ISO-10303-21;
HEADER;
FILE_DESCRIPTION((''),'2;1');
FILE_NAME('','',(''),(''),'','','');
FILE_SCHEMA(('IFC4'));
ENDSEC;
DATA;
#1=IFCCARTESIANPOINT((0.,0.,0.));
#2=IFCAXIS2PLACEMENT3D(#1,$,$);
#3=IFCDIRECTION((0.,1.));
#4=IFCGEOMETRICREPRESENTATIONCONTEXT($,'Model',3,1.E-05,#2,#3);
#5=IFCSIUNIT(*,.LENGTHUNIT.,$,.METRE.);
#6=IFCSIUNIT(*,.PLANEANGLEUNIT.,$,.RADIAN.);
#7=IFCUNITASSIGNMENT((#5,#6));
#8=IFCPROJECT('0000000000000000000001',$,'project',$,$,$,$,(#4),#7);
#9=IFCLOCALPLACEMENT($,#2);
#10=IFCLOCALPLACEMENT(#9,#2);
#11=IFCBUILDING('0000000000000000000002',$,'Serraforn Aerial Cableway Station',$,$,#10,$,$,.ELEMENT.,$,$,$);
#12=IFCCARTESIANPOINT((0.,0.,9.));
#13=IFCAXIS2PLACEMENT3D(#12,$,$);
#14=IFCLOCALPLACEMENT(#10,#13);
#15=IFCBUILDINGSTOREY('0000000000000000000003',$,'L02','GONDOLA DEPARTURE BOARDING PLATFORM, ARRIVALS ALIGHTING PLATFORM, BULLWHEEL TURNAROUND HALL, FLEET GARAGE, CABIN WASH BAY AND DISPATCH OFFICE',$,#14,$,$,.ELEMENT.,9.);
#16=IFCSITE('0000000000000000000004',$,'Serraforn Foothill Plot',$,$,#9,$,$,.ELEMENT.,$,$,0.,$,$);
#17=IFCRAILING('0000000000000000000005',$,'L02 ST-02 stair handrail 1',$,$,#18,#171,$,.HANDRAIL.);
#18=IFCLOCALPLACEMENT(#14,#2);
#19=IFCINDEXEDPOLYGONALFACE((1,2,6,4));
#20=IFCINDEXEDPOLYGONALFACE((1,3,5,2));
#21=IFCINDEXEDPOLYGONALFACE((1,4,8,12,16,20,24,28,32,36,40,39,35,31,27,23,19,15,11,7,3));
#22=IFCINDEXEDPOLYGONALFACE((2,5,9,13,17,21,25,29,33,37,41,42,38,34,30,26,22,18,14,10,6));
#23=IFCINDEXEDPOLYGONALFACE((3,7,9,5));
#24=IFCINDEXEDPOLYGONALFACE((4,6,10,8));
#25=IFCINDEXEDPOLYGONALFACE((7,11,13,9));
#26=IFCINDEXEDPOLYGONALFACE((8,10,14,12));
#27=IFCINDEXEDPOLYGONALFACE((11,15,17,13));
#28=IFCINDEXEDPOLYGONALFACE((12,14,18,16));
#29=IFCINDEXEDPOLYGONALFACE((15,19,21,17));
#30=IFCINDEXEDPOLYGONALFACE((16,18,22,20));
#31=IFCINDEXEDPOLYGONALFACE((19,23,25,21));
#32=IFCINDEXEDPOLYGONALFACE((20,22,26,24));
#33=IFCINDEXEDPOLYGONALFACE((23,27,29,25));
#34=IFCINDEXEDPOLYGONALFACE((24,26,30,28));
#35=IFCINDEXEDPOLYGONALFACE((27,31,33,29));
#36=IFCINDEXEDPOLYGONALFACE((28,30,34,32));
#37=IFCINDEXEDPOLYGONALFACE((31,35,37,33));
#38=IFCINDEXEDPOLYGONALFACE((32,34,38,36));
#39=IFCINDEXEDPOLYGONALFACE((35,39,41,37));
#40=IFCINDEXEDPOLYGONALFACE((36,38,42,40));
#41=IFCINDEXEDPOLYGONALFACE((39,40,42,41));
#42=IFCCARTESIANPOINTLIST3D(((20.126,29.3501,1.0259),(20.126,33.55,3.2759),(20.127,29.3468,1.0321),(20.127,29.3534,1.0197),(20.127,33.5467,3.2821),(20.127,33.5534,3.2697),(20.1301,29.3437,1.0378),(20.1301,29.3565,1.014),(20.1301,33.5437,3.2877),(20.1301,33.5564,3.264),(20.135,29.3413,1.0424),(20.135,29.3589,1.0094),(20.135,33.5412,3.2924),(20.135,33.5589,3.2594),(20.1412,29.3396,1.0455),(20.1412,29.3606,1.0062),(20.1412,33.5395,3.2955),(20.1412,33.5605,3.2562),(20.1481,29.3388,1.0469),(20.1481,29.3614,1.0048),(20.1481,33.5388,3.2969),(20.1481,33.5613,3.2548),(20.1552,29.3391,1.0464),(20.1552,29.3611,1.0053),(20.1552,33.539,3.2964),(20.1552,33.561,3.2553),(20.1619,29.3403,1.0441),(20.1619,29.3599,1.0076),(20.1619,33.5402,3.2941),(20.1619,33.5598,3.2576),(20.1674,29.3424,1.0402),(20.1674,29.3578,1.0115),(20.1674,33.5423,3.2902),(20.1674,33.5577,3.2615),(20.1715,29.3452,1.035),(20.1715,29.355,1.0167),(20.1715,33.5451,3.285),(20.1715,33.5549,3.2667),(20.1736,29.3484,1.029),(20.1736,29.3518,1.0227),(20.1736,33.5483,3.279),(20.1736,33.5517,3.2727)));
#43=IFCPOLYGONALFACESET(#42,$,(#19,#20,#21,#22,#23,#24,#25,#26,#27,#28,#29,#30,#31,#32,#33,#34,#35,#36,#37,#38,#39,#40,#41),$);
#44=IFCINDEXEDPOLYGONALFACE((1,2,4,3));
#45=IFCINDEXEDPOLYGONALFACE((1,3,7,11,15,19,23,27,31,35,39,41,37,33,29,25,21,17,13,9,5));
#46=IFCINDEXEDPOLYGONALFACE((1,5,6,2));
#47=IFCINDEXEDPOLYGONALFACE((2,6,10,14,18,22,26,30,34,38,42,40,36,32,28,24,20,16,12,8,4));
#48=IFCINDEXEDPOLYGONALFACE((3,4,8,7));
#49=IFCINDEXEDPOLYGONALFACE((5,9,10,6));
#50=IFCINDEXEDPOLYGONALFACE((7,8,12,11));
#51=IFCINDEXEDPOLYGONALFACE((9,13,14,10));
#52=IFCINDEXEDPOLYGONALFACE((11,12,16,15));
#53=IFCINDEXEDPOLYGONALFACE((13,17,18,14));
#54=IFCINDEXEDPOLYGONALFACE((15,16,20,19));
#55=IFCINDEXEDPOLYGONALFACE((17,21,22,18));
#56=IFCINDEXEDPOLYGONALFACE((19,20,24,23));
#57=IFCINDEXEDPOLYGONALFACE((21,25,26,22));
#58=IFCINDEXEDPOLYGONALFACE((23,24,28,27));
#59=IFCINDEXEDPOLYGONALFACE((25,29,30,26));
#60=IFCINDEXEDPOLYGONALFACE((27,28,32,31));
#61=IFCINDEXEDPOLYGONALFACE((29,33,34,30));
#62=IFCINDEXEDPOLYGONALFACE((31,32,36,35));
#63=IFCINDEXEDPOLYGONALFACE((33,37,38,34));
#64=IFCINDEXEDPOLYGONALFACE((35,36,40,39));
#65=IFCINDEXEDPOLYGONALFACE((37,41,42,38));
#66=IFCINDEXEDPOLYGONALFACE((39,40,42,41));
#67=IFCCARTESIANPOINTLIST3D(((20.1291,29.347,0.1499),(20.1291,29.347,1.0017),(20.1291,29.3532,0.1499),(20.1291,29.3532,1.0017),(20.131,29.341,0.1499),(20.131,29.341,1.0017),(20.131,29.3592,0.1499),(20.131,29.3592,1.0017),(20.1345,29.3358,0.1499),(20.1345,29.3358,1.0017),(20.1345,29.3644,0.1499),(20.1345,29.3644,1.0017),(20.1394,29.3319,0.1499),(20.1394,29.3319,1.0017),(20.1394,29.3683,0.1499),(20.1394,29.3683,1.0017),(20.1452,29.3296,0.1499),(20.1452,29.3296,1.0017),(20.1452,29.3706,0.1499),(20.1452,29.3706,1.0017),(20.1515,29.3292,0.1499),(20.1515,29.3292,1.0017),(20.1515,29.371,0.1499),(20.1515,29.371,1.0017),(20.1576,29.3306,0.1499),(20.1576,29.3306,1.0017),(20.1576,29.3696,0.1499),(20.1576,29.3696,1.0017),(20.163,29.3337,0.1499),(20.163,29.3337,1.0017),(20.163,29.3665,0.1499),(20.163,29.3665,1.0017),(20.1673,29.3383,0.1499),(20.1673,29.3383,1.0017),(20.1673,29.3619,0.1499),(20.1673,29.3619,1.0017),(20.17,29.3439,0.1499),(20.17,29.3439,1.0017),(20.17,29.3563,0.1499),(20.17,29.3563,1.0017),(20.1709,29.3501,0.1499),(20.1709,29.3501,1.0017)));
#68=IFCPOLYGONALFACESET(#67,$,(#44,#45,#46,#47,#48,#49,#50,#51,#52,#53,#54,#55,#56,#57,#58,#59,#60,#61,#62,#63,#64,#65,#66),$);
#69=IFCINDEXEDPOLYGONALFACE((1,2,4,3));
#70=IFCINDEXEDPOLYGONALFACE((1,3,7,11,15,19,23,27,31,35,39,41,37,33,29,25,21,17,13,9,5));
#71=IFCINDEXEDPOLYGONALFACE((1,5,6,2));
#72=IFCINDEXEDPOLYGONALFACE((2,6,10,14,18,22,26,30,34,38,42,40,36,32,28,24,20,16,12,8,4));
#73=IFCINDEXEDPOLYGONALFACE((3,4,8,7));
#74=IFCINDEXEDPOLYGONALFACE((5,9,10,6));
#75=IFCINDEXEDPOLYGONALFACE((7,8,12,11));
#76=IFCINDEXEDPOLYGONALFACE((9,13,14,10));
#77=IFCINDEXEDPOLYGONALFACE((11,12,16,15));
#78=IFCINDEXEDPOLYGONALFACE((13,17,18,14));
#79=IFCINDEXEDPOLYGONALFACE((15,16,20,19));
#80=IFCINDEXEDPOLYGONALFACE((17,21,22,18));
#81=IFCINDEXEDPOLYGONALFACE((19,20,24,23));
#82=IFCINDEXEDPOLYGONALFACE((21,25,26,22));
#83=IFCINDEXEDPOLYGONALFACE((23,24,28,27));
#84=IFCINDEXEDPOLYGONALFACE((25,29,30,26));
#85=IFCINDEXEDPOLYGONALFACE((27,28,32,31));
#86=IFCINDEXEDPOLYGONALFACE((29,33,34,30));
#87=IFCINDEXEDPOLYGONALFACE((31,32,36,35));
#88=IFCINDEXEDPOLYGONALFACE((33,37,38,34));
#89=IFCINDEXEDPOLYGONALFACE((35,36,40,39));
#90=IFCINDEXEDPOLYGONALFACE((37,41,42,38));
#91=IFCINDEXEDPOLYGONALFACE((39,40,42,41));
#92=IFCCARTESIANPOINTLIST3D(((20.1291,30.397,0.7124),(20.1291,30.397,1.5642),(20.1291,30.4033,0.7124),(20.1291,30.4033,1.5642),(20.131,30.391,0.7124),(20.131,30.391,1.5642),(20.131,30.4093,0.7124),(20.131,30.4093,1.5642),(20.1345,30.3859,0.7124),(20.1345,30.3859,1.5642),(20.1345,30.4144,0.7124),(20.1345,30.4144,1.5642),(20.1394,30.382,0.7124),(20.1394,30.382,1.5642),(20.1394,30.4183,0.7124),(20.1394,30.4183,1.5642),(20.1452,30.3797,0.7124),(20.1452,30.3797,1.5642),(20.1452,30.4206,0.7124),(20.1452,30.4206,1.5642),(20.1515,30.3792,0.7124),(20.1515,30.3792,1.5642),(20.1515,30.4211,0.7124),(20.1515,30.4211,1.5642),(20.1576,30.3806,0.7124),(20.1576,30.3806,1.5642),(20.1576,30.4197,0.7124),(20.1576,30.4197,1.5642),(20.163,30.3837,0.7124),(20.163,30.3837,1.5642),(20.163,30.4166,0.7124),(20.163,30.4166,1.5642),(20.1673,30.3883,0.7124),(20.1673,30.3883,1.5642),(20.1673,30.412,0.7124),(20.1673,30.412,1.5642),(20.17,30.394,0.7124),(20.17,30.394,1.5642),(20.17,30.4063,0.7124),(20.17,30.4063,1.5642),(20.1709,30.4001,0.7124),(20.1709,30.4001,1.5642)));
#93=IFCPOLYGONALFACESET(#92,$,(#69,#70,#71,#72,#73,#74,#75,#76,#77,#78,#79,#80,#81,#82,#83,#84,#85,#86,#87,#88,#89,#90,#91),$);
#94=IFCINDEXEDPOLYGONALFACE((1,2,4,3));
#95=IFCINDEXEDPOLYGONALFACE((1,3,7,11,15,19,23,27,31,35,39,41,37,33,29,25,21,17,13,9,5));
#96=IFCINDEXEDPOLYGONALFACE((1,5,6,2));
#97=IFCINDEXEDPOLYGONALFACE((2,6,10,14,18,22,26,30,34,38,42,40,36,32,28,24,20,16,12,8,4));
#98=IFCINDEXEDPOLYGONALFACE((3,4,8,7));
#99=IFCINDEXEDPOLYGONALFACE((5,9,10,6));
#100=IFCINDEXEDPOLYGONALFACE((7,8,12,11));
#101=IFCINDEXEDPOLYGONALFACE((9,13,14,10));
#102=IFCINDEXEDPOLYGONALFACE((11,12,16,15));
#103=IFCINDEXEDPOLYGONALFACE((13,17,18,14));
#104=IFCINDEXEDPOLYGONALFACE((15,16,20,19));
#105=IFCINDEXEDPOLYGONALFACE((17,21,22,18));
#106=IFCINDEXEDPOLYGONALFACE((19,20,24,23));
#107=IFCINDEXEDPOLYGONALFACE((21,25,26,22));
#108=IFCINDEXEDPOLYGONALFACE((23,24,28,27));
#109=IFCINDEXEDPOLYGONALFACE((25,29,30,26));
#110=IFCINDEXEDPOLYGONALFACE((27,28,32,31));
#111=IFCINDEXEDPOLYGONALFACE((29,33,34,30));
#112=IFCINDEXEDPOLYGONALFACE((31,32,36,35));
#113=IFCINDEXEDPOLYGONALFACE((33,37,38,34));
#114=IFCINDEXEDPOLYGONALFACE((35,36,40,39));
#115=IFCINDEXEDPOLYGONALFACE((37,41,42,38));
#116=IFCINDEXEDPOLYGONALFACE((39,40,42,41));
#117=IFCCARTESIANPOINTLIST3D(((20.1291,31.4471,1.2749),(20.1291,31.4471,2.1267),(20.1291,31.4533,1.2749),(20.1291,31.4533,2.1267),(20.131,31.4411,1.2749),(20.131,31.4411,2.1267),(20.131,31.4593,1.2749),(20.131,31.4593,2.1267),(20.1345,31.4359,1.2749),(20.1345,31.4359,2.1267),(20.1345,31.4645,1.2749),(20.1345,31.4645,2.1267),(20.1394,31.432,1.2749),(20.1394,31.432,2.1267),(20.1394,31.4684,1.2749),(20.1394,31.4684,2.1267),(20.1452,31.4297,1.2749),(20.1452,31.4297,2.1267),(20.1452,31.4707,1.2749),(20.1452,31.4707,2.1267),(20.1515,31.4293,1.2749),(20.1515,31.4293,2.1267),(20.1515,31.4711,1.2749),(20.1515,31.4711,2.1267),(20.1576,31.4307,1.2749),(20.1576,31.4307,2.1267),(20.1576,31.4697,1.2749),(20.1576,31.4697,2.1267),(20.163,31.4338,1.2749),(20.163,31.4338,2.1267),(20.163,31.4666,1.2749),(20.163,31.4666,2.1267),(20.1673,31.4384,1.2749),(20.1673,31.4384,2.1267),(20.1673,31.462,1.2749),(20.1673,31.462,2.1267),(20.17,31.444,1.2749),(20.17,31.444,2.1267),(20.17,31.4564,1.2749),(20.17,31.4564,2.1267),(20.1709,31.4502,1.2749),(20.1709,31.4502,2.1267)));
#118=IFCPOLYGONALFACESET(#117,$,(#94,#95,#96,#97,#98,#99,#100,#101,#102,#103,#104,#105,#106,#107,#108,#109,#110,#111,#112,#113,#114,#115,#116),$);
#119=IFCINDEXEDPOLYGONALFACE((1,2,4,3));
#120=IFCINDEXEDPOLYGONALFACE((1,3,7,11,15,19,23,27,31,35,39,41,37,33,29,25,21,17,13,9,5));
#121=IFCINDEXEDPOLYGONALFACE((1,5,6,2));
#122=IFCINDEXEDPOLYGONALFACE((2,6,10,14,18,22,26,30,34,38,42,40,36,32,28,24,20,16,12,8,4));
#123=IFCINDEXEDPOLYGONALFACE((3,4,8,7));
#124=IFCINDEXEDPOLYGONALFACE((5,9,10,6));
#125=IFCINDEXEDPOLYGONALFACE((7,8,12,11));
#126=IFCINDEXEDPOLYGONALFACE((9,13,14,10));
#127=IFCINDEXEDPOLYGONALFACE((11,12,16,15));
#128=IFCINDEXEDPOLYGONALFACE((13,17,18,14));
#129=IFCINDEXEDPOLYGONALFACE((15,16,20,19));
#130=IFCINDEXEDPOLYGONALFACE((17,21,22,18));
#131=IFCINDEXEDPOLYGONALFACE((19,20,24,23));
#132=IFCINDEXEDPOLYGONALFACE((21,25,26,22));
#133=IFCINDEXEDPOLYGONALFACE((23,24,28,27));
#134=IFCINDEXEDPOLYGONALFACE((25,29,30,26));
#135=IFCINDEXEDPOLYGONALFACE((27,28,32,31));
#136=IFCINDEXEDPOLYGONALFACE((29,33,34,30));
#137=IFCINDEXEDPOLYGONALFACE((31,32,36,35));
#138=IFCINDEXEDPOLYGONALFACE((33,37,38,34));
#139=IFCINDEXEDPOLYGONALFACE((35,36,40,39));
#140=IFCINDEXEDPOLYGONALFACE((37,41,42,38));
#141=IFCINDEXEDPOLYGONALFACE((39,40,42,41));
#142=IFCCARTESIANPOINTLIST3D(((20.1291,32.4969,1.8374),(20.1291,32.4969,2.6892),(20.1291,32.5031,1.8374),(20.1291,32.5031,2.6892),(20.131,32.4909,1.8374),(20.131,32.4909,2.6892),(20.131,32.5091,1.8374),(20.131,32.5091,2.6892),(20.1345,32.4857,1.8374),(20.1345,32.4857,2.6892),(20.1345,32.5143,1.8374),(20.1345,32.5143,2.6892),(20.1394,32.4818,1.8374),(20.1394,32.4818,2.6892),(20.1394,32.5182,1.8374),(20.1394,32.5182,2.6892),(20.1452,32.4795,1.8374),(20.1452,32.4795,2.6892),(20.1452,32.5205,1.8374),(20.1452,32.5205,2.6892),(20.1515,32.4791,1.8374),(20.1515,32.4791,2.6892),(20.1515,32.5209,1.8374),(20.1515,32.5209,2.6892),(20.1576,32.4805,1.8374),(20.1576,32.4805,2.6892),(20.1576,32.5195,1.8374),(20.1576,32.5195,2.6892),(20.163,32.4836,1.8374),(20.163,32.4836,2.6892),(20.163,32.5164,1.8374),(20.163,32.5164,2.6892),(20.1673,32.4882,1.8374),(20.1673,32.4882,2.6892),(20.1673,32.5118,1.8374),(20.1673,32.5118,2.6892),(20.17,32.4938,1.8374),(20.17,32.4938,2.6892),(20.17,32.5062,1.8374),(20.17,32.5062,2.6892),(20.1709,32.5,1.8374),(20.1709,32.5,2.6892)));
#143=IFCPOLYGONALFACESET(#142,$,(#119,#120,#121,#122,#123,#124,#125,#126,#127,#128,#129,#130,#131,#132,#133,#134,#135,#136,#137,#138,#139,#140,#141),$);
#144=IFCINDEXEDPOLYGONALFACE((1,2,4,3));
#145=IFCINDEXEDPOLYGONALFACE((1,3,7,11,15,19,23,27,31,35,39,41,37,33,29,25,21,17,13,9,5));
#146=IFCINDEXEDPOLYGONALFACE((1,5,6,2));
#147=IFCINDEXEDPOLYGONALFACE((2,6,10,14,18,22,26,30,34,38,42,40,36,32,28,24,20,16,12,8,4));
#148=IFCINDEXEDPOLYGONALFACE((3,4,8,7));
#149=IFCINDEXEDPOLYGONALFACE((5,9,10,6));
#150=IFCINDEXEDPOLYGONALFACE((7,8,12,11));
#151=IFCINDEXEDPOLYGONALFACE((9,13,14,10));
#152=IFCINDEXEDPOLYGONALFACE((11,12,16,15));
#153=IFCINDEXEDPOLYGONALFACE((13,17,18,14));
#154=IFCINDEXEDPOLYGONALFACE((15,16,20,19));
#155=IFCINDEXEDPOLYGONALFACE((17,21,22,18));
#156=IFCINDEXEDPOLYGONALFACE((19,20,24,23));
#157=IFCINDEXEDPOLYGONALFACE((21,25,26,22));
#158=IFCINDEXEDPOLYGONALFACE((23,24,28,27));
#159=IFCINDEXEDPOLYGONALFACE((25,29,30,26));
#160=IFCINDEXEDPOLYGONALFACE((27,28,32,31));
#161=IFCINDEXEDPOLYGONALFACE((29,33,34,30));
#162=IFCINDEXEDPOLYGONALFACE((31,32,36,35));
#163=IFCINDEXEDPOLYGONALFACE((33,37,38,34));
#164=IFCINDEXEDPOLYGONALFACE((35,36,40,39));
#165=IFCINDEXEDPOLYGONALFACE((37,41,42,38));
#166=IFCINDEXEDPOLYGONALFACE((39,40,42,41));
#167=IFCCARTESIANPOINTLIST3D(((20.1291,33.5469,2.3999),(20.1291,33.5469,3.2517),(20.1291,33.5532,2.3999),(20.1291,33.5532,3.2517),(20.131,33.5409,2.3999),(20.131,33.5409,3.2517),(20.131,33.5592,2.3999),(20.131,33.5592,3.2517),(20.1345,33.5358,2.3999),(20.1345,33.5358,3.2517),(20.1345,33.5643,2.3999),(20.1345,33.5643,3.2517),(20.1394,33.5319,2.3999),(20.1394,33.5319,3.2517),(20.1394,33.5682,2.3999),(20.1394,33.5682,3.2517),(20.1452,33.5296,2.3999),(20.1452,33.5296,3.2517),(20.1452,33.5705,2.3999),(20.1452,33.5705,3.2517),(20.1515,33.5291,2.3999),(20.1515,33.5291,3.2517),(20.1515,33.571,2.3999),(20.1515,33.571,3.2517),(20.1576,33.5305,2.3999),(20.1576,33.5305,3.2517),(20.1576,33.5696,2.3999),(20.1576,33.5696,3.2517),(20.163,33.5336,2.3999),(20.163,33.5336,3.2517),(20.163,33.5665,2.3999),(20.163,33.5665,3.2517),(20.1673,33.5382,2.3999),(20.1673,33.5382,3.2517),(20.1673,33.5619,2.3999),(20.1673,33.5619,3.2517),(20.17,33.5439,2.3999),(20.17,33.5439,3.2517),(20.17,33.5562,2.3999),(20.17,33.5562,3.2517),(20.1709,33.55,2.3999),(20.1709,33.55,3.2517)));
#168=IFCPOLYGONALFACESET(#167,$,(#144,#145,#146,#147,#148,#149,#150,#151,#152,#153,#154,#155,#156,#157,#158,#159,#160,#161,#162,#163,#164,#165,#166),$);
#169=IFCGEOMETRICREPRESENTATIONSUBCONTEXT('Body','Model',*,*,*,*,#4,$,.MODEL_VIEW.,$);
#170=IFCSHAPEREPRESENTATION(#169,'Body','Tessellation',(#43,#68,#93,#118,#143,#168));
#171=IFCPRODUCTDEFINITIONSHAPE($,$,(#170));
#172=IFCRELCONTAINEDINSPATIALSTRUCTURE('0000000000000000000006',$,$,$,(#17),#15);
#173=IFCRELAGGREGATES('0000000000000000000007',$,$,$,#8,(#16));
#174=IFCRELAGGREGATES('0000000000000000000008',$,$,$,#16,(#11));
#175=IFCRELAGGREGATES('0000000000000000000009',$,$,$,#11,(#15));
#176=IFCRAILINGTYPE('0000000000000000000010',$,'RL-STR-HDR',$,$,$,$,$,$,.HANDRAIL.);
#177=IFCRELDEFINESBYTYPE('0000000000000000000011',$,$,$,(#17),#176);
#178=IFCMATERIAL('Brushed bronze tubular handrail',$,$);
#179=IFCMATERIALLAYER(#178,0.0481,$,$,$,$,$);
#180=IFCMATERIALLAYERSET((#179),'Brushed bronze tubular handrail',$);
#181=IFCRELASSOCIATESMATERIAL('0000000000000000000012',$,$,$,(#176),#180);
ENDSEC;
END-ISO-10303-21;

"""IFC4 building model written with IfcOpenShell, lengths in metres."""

from ifc_helpers import new_model, si_unit, direction, frame, origin, origin_2d, place, context, subcontext, project, spatial, circle, extrude, material, layer, layer_set, type_object, element, save


model = new_model("IFC4")

# Units and contexts
model_context = context("Model", 3, precision=1e-05, world=origin(), true_north=direction((0.0, 1.0)))
body_context = subcontext(model_context, "Body", "Model", "MODEL_VIEW")
ifc_project = project(units=[si_unit("LENGTHUNIT", "METRE"), si_unit("PLANEANGLEUNIT", "RADIAN")], contexts=[model_context])

# Site, building, storey
site_placement = place(None, origin())
site = spatial("IfcSite", under=ifc_project, at=site_placement, Name="Serraforn Foothill Plot", CompositionType="ELEMENT", RefElevation=0.0)
building_placement = place(site_placement, origin())
building = spatial("IfcBuilding", under=site, at=building_placement, Name="Serraforn Aerial Cableway Station", CompositionType="ELEMENT")
storey_placement = place(building_placement, frame((0.0, 0.0, 9.0)))
storey = spatial("IfcBuildingStorey", under=building, at=storey_placement, Name="L02", Description="GONDOLA DEPARTURE BOARDING PLATFORM, ARRIVALS ALIGHTING PLATFORM, BULLWHEEL TURNAROUND HALL, FLEET GARAGE, CABIN WASH BAY AND DISPATCH OFFICE", CompositionType="ELEMENT", Elevation=9.0)

# Railing
ifc_material_1 = material(Name="Brushed bronze tubular handrail")
ifc_layer_1 = layer(ifc_material_1, 0.0481)
ifc_layer_set_1 = layer_set([ifc_layer_1], Name="Brushed bronze tubular handrail")
railing_type_1 = type_object("IfcRailingType", Name="RL-STR-HDR", PredefinedType="HANDRAIL", material=ifc_layer_set_1)
railing_1_placement = place(storey_placement, frame((20.1499, 29.3501, 0.1499)))
element("IfcRailing", 1, at=railing_1_placement, inside=storey, type_object=railing_type_1, Name="L02 ST-02 stair handrail 1", PredefinedType="HANDRAIL", context=body_context, shape_type="SweptSolid", body=[
    extrude(circle(Radius=0.0239, at=origin_2d()), frame((0.0, 0.0, 0.876), z_axis=(0.0, 0.881478, 0.472226), x_axis=(-1.0, 0.0, 0.0)), (0.0, 0.0, 1.0), 4.7646),
    extrude(circle(Radius=0.021, at=origin_2d()), origin(), (0.0, 0.0, 1.0), 0.8518),
    extrude(circle(Radius=0.021, at=origin_2d()), frame((0.0, 1.05, 0.5625)), (0.0, 0.0, 1.0), 0.8518),
    extrude(circle(Radius=0.021, at=origin_2d()), frame((0.0, 2.1001, 1.125)), (0.0, 0.0, 1.0), 0.8518),
    extrude(circle(Radius=0.021, at=origin_2d()), frame((0.0, 3.1499, 1.6875)), (0.0, 0.0, 1.0), 0.8518),
    extrude(circle(Radius=0.021, at=origin_2d()), frame((0.0, 4.2, 2.25)), (0.0, 0.0, 1.0), 0.8518),
])

save(model, "model.ifc")
